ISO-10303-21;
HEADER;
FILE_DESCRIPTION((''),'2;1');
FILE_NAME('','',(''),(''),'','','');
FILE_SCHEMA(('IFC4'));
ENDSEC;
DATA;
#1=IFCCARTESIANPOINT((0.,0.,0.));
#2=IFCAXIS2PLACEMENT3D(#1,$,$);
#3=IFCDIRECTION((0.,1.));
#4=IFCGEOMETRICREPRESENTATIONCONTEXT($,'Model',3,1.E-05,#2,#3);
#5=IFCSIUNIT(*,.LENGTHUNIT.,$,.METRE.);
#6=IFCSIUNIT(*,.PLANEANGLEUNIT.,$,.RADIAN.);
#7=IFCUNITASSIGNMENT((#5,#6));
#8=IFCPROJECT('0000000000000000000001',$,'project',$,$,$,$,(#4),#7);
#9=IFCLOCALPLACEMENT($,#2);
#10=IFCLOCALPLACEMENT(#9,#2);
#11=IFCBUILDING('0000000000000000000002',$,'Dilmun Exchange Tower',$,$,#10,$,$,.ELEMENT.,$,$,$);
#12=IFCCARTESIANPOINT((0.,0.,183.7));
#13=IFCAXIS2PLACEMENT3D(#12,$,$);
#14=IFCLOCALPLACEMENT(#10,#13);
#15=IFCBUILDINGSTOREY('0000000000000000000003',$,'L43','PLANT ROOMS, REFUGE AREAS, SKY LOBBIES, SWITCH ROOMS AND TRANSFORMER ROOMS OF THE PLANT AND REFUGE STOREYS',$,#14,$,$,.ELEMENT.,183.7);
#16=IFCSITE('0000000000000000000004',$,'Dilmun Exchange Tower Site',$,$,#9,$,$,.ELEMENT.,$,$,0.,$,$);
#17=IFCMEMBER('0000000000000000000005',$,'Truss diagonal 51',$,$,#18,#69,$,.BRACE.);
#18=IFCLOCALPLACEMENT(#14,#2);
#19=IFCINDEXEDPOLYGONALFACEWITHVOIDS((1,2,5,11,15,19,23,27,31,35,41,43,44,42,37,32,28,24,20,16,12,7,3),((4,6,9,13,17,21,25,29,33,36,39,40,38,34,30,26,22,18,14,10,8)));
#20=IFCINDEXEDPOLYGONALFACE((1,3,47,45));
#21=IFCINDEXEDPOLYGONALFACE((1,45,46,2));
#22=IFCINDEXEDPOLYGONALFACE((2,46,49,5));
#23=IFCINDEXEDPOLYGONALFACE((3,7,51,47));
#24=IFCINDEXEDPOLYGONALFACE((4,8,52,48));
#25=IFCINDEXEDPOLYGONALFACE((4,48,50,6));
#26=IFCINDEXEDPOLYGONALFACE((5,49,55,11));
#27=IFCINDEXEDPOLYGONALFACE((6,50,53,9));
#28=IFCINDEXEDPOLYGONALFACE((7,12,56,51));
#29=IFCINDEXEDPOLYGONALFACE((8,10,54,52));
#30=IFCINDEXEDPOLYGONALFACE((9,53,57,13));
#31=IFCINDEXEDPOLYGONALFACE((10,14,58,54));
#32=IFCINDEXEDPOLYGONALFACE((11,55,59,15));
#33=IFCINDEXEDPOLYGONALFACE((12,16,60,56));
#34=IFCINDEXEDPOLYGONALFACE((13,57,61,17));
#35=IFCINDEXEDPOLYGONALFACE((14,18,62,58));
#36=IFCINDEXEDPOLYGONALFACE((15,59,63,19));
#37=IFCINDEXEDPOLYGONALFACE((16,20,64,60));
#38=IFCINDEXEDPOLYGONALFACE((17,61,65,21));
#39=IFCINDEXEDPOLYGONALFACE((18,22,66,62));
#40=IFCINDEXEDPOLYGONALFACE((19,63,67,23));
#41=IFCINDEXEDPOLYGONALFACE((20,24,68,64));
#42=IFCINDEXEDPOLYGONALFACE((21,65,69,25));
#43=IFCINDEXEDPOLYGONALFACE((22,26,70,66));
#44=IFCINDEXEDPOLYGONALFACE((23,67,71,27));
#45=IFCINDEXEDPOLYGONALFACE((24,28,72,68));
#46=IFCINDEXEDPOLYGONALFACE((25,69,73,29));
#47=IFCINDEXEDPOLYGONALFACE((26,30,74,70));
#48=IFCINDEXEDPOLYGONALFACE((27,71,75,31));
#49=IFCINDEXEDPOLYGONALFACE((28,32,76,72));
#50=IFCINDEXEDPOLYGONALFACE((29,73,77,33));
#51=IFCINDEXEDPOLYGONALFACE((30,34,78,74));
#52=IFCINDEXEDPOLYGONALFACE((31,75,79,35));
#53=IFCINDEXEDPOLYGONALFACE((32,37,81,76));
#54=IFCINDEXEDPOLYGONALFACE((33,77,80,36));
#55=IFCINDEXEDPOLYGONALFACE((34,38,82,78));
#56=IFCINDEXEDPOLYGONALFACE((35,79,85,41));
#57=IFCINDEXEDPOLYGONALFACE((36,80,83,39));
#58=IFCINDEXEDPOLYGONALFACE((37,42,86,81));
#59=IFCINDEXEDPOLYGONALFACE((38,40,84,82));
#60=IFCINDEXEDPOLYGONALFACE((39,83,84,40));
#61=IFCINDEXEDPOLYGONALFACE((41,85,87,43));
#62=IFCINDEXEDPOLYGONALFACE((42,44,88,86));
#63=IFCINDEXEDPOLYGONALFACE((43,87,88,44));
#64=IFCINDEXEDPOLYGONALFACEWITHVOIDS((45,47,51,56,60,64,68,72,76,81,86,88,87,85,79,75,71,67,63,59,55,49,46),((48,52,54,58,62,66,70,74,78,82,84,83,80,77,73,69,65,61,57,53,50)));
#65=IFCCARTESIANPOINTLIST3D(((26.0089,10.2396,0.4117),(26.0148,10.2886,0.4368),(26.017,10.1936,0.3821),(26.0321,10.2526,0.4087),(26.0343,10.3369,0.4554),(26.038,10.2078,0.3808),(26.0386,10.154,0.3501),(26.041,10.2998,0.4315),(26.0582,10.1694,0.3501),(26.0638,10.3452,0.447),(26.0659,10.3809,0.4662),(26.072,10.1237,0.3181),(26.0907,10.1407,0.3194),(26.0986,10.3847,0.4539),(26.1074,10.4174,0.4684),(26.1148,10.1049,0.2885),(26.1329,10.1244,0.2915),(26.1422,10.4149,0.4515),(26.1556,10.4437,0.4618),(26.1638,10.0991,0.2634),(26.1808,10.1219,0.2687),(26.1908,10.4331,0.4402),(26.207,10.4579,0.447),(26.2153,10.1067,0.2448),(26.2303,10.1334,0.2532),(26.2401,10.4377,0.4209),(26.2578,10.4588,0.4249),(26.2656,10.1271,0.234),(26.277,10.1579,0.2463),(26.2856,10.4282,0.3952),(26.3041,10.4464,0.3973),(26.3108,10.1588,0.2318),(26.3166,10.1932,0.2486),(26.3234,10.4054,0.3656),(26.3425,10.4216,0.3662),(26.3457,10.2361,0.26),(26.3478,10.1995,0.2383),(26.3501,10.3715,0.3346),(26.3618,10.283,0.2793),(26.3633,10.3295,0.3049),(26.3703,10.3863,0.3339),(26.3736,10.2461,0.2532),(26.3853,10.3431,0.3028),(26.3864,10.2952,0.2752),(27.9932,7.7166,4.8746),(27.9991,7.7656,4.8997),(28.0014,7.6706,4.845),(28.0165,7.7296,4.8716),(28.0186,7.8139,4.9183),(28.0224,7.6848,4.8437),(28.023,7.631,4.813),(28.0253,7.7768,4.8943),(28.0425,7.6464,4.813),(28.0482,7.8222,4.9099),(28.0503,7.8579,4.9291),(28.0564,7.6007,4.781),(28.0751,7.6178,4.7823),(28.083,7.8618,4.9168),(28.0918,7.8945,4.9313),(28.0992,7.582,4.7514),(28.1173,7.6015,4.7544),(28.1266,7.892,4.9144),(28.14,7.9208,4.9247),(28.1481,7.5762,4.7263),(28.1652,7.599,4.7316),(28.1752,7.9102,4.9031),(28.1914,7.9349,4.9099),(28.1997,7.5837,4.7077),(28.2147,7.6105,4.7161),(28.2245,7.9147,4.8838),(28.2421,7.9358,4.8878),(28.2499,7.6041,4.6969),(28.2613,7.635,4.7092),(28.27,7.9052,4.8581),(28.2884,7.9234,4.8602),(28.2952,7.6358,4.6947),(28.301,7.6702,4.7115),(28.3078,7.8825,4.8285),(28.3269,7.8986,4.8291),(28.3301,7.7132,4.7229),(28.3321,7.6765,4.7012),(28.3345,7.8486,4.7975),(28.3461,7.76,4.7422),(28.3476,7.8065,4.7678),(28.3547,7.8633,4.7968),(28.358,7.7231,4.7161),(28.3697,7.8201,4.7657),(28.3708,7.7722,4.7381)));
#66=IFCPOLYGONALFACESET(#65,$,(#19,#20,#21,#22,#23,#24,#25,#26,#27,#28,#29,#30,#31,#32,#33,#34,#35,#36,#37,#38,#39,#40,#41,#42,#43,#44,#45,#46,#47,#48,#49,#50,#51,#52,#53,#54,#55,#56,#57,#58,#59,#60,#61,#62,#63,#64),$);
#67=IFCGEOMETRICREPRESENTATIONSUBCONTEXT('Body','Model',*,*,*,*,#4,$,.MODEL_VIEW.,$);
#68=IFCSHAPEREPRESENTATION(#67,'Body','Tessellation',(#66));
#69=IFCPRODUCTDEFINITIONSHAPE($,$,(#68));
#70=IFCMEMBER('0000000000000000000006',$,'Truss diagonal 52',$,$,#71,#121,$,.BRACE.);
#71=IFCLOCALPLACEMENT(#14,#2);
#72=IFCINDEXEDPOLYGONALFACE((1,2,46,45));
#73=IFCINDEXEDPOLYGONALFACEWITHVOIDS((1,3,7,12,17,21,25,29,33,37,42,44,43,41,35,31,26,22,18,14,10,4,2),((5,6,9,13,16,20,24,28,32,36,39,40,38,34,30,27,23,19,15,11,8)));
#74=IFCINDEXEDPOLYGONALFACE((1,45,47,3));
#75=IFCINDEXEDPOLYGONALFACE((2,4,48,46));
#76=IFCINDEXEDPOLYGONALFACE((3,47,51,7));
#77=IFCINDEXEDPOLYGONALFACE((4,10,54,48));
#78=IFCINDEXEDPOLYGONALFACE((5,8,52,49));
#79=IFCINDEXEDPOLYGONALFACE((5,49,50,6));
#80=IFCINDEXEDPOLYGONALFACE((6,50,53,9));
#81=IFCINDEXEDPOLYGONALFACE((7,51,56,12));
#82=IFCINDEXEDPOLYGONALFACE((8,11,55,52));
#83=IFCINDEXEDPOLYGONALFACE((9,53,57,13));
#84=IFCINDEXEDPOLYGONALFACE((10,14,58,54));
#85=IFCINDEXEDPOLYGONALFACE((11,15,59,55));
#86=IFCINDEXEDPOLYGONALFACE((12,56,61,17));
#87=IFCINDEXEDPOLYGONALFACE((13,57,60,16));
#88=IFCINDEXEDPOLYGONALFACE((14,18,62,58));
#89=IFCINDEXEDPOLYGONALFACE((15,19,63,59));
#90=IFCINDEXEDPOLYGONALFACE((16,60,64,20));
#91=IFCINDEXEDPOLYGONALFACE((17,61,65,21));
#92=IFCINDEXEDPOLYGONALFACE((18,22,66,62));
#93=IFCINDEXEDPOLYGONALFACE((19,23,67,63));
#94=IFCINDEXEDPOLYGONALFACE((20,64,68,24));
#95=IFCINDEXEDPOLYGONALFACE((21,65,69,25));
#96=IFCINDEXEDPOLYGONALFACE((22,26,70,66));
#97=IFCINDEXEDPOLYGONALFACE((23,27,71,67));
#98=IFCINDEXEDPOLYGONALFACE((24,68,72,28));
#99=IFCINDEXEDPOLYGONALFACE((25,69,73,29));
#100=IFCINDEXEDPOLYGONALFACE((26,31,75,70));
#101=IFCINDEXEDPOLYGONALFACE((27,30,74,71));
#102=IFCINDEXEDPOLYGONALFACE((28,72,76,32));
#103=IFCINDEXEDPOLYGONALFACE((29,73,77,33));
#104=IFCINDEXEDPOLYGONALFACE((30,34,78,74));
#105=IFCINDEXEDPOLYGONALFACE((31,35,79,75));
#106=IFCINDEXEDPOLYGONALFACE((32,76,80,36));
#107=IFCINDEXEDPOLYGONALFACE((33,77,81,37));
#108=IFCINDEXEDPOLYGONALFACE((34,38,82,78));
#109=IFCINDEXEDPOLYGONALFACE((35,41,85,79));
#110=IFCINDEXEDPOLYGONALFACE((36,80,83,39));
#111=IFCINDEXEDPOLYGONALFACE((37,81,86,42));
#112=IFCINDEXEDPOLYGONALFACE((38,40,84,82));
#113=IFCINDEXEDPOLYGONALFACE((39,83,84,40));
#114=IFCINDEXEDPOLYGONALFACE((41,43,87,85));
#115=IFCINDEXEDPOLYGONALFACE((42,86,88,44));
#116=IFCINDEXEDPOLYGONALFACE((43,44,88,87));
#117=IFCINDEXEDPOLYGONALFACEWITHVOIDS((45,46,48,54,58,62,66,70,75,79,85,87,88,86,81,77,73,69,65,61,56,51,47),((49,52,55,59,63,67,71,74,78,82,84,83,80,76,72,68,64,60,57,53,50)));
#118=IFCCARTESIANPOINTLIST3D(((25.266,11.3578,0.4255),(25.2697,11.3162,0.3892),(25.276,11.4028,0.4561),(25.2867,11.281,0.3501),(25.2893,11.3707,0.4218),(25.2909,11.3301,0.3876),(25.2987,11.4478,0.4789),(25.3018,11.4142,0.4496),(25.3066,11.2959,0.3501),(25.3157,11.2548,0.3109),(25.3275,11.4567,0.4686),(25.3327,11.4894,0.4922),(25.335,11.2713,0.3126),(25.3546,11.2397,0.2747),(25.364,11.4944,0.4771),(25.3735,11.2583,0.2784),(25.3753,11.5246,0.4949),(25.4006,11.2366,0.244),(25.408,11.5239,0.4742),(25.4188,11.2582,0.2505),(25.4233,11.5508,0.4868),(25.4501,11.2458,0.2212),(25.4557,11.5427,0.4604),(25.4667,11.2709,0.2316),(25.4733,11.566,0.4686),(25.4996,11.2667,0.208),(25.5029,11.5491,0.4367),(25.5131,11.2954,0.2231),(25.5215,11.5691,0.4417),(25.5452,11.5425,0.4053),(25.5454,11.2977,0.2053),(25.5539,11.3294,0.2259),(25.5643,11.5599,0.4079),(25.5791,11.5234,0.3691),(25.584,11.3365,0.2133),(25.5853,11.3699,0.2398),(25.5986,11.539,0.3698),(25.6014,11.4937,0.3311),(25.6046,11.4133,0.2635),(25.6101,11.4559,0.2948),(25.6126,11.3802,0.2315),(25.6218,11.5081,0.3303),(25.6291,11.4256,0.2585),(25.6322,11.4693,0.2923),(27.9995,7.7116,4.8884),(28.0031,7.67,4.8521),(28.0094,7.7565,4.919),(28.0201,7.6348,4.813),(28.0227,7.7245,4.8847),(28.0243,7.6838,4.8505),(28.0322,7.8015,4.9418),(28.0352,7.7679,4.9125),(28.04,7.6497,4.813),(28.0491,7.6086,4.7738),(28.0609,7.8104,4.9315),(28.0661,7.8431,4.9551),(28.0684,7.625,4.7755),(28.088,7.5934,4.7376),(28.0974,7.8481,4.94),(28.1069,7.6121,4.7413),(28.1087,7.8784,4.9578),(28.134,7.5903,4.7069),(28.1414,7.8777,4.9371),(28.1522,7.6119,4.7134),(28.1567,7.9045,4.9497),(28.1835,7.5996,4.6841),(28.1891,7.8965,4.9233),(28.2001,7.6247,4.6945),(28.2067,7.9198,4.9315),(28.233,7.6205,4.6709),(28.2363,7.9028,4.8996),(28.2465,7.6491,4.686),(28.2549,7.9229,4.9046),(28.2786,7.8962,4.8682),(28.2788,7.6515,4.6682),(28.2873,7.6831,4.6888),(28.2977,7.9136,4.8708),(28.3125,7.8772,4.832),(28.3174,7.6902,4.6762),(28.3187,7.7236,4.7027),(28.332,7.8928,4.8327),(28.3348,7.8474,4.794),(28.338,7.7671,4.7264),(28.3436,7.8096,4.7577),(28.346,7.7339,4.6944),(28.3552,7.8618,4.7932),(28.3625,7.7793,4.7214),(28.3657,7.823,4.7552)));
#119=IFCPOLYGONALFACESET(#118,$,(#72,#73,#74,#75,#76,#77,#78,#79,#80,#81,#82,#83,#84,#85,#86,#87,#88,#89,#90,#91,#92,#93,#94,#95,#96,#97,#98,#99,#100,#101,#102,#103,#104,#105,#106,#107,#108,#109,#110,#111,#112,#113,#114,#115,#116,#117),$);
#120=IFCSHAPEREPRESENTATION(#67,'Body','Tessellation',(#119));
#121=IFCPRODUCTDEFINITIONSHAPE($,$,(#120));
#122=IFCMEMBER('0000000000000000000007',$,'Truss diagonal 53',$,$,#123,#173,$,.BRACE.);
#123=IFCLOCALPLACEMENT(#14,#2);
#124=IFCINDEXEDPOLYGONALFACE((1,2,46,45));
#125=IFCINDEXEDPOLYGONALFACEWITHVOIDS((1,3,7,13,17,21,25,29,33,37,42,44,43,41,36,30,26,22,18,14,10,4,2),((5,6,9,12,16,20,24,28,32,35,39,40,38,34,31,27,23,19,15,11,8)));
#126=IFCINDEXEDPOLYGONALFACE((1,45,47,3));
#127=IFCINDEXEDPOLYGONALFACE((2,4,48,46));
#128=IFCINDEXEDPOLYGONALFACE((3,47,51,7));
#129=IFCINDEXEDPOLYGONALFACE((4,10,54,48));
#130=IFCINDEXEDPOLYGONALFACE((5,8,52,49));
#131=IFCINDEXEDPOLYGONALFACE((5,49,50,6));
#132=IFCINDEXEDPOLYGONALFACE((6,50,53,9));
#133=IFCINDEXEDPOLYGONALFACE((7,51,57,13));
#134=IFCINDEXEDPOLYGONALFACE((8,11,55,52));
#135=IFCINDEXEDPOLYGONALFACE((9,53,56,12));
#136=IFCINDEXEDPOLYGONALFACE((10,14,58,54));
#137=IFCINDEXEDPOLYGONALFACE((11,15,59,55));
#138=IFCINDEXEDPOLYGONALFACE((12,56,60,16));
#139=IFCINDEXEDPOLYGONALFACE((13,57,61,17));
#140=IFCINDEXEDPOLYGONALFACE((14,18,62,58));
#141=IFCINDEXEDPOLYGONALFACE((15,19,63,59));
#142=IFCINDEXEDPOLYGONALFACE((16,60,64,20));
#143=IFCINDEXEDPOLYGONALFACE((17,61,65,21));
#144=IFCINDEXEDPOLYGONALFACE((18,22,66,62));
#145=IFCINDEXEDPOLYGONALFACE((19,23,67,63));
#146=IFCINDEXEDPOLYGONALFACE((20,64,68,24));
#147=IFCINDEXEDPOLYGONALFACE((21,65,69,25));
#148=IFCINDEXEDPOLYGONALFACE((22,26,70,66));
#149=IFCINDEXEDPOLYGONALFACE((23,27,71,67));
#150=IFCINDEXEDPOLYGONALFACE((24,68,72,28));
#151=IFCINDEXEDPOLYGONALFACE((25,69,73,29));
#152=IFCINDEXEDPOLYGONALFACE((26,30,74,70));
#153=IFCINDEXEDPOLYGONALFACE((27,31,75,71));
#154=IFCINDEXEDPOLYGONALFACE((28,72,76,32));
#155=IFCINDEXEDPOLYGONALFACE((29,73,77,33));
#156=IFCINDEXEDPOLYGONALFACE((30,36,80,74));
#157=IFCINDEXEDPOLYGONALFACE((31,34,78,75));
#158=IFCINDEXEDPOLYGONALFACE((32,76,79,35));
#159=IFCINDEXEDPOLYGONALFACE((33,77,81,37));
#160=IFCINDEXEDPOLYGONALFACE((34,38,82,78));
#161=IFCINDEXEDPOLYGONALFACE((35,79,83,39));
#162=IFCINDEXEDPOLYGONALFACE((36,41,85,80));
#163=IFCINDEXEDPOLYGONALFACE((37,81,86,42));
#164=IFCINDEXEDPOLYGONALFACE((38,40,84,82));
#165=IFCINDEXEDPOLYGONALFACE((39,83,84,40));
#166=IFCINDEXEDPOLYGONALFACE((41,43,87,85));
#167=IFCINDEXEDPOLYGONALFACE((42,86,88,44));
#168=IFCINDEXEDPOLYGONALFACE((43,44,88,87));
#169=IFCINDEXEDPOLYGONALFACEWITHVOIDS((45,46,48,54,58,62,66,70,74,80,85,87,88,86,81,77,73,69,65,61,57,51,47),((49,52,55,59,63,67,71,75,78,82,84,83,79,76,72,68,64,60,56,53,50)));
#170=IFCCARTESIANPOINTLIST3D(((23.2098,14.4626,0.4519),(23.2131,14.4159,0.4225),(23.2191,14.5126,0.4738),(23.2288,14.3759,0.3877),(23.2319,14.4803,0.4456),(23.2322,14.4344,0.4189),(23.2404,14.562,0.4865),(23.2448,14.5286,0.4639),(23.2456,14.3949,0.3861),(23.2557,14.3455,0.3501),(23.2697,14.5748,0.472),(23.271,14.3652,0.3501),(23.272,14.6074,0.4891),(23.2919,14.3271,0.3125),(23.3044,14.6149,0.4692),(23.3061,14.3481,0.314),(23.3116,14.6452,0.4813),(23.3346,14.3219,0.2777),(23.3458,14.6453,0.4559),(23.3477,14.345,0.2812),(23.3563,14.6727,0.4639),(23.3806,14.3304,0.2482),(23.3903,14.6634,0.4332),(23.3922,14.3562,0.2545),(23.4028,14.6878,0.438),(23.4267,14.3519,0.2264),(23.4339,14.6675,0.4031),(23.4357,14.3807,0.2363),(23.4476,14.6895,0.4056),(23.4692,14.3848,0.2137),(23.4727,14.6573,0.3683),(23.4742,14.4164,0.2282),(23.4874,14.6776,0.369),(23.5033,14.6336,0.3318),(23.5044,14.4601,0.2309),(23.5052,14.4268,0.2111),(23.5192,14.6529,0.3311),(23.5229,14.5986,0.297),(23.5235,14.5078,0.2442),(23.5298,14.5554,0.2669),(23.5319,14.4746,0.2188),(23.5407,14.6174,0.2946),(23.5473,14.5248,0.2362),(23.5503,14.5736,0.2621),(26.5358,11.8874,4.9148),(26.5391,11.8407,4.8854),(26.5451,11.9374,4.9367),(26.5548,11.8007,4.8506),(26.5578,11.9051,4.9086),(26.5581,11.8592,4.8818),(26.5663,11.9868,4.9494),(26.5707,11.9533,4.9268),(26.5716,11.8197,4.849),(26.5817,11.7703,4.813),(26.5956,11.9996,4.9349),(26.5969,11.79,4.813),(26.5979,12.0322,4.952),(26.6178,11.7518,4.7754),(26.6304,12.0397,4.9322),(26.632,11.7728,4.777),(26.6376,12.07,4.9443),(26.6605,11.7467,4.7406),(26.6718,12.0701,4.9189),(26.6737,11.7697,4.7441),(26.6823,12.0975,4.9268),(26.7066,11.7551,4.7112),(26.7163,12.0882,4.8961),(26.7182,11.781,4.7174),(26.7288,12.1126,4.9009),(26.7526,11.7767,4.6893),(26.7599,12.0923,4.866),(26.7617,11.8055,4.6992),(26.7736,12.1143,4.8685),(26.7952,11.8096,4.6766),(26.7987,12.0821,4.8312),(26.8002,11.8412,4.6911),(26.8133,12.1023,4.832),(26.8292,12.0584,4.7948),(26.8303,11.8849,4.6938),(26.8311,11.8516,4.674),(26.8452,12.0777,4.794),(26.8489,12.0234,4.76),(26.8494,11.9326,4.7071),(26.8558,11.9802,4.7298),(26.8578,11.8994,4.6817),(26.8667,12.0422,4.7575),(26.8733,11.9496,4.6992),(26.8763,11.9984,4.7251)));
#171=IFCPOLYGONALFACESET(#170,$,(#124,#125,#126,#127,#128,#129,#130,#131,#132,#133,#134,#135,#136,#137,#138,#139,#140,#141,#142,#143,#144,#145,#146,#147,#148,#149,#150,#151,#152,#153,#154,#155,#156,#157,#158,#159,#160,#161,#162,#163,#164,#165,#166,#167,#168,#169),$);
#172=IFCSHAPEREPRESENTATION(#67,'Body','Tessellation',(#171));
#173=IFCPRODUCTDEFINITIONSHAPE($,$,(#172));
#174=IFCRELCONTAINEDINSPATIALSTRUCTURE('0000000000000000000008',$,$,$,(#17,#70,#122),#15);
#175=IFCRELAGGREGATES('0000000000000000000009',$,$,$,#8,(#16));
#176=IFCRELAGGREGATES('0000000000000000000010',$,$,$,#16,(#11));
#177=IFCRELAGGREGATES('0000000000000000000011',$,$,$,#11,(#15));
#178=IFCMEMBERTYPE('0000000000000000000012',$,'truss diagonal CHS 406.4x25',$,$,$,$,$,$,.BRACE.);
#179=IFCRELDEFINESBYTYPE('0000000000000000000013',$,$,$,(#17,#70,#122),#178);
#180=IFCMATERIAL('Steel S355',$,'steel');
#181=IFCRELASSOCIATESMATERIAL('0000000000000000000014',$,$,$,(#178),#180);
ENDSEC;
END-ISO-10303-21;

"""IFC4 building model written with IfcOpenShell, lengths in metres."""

from ifc_helpers import new_model, si_unit, direction, frame, origin, origin_2d, place, context, subcontext, project, spatial, hollow_circle, extrude, material, material_profile, profile_set, type_object, element, save


model = new_model("IFC4")

# Units and contexts
model_context = context("Model", 3, precision=1e-05, world=origin(), true_north=direction((0.0, 1.0)))
body_context = subcontext(model_context, "Body", "Model", "MODEL_VIEW")
ifc_project = project(units=[si_unit("LENGTHUNIT", "METRE"), si_unit("PLANEANGLEUNIT", "RADIAN")], contexts=[model_context])

# Site, building, storey
site_placement = place(None, origin())
site = spatial("IfcSite", under=ifc_project, at=site_placement, Name="Dilmun Exchange Tower Site", CompositionType="ELEMENT", RefElevation=0.0)
building_placement = place(site_placement, origin())
building = spatial("IfcBuilding", under=site, at=building_placement, Name="Dilmun Exchange Tower", CompositionType="ELEMENT")
storey_placement = place(building_placement, frame((0.0, 0.0, 183.7)))
storey = spatial("IfcBuildingStorey", under=building, at=storey_placement, Name="L43", Description="PLANT ROOMS, REFUGE AREAS, SKY LOBBIES, SWITCH ROOMS AND TRANSFORMER ROOMS OF THE PLANT AND REFUGE STOREYS", CompositionType="ELEMENT", Elevation=183.7)

# Shared definitions
ifc_material_1 = material(Name="Steel S355", Category="steel")

# Members
ifc_material_profile_1 = material_profile(ifc_material_1, hollow_circle(Radius=0.2031, WallThickness=0.0249, at=origin_2d()), Name="CHS 406.4x25")
ifc_profile_set_1 = profile_set([ifc_material_profile_1], Name="Steel S355")
member_type = type_object("IfcMemberType", Name="truss diagonal CHS 406.4x25", PredefinedType="BRACE", material=ifc_profile_set_1)
member_1_placement = place(storey_placement, frame((28.1826, 7.7566, 4.813), z_axis=(-0.360972, 0.458943, -0.811832), x_axis=(-0.786007, -0.618218, 0.0)))
element("IfcMember", 1, at=member_1_placement, inside=storey, type_object=member_type, Name="Truss diagonal 51", PredefinedType="BRACE", context=body_context, shape_type="SweptSolid", body=[
    extrude(hollow_circle(Radius=0.2031, WallThickness=0.0249, at=origin_2d()), origin(), (0.0, 0.0, 1.0), 5.4973),
])
member_2_placement = place(storey_placement, frame((28.1826, 7.7566, 4.813), z_axis=(-0.42854, 0.571655, -0.699689), x_axis=(-0.800135, -0.59982, 0.0)))
element("IfcMember", 2, at=member_2_placement, inside=storey, type_object=member_type, Name="Truss diagonal 52", PredefinedType="BRACE", context=body_context, shape_type="SweptSolid", body=[
    extrude(hollow_circle(Radius=0.2031, WallThickness=0.0249, at=origin_2d()), origin(), (0.0, 0.0, 1.0), 6.3784),
])
member_3_placement = place(storey_placement, frame((26.7061, 11.9309, 4.813), z_axis=(-0.542321, 0.419908, -0.727713), x_axis=(-0.612215, -0.790691, 0.0)))
element("IfcMember", 3, at=member_3_placement, inside=storey, type_object=member_type, Name="Truss diagonal 53", PredefinedType="BRACE", context=body_context, shape_type="SweptSolid", body=[
    extrude(hollow_circle(Radius=0.2031, WallThickness=0.0249, at=origin_2d()), origin(), (0.0, 0.0, 1.0), 6.1328),
])

save(model, "model.ifc")
